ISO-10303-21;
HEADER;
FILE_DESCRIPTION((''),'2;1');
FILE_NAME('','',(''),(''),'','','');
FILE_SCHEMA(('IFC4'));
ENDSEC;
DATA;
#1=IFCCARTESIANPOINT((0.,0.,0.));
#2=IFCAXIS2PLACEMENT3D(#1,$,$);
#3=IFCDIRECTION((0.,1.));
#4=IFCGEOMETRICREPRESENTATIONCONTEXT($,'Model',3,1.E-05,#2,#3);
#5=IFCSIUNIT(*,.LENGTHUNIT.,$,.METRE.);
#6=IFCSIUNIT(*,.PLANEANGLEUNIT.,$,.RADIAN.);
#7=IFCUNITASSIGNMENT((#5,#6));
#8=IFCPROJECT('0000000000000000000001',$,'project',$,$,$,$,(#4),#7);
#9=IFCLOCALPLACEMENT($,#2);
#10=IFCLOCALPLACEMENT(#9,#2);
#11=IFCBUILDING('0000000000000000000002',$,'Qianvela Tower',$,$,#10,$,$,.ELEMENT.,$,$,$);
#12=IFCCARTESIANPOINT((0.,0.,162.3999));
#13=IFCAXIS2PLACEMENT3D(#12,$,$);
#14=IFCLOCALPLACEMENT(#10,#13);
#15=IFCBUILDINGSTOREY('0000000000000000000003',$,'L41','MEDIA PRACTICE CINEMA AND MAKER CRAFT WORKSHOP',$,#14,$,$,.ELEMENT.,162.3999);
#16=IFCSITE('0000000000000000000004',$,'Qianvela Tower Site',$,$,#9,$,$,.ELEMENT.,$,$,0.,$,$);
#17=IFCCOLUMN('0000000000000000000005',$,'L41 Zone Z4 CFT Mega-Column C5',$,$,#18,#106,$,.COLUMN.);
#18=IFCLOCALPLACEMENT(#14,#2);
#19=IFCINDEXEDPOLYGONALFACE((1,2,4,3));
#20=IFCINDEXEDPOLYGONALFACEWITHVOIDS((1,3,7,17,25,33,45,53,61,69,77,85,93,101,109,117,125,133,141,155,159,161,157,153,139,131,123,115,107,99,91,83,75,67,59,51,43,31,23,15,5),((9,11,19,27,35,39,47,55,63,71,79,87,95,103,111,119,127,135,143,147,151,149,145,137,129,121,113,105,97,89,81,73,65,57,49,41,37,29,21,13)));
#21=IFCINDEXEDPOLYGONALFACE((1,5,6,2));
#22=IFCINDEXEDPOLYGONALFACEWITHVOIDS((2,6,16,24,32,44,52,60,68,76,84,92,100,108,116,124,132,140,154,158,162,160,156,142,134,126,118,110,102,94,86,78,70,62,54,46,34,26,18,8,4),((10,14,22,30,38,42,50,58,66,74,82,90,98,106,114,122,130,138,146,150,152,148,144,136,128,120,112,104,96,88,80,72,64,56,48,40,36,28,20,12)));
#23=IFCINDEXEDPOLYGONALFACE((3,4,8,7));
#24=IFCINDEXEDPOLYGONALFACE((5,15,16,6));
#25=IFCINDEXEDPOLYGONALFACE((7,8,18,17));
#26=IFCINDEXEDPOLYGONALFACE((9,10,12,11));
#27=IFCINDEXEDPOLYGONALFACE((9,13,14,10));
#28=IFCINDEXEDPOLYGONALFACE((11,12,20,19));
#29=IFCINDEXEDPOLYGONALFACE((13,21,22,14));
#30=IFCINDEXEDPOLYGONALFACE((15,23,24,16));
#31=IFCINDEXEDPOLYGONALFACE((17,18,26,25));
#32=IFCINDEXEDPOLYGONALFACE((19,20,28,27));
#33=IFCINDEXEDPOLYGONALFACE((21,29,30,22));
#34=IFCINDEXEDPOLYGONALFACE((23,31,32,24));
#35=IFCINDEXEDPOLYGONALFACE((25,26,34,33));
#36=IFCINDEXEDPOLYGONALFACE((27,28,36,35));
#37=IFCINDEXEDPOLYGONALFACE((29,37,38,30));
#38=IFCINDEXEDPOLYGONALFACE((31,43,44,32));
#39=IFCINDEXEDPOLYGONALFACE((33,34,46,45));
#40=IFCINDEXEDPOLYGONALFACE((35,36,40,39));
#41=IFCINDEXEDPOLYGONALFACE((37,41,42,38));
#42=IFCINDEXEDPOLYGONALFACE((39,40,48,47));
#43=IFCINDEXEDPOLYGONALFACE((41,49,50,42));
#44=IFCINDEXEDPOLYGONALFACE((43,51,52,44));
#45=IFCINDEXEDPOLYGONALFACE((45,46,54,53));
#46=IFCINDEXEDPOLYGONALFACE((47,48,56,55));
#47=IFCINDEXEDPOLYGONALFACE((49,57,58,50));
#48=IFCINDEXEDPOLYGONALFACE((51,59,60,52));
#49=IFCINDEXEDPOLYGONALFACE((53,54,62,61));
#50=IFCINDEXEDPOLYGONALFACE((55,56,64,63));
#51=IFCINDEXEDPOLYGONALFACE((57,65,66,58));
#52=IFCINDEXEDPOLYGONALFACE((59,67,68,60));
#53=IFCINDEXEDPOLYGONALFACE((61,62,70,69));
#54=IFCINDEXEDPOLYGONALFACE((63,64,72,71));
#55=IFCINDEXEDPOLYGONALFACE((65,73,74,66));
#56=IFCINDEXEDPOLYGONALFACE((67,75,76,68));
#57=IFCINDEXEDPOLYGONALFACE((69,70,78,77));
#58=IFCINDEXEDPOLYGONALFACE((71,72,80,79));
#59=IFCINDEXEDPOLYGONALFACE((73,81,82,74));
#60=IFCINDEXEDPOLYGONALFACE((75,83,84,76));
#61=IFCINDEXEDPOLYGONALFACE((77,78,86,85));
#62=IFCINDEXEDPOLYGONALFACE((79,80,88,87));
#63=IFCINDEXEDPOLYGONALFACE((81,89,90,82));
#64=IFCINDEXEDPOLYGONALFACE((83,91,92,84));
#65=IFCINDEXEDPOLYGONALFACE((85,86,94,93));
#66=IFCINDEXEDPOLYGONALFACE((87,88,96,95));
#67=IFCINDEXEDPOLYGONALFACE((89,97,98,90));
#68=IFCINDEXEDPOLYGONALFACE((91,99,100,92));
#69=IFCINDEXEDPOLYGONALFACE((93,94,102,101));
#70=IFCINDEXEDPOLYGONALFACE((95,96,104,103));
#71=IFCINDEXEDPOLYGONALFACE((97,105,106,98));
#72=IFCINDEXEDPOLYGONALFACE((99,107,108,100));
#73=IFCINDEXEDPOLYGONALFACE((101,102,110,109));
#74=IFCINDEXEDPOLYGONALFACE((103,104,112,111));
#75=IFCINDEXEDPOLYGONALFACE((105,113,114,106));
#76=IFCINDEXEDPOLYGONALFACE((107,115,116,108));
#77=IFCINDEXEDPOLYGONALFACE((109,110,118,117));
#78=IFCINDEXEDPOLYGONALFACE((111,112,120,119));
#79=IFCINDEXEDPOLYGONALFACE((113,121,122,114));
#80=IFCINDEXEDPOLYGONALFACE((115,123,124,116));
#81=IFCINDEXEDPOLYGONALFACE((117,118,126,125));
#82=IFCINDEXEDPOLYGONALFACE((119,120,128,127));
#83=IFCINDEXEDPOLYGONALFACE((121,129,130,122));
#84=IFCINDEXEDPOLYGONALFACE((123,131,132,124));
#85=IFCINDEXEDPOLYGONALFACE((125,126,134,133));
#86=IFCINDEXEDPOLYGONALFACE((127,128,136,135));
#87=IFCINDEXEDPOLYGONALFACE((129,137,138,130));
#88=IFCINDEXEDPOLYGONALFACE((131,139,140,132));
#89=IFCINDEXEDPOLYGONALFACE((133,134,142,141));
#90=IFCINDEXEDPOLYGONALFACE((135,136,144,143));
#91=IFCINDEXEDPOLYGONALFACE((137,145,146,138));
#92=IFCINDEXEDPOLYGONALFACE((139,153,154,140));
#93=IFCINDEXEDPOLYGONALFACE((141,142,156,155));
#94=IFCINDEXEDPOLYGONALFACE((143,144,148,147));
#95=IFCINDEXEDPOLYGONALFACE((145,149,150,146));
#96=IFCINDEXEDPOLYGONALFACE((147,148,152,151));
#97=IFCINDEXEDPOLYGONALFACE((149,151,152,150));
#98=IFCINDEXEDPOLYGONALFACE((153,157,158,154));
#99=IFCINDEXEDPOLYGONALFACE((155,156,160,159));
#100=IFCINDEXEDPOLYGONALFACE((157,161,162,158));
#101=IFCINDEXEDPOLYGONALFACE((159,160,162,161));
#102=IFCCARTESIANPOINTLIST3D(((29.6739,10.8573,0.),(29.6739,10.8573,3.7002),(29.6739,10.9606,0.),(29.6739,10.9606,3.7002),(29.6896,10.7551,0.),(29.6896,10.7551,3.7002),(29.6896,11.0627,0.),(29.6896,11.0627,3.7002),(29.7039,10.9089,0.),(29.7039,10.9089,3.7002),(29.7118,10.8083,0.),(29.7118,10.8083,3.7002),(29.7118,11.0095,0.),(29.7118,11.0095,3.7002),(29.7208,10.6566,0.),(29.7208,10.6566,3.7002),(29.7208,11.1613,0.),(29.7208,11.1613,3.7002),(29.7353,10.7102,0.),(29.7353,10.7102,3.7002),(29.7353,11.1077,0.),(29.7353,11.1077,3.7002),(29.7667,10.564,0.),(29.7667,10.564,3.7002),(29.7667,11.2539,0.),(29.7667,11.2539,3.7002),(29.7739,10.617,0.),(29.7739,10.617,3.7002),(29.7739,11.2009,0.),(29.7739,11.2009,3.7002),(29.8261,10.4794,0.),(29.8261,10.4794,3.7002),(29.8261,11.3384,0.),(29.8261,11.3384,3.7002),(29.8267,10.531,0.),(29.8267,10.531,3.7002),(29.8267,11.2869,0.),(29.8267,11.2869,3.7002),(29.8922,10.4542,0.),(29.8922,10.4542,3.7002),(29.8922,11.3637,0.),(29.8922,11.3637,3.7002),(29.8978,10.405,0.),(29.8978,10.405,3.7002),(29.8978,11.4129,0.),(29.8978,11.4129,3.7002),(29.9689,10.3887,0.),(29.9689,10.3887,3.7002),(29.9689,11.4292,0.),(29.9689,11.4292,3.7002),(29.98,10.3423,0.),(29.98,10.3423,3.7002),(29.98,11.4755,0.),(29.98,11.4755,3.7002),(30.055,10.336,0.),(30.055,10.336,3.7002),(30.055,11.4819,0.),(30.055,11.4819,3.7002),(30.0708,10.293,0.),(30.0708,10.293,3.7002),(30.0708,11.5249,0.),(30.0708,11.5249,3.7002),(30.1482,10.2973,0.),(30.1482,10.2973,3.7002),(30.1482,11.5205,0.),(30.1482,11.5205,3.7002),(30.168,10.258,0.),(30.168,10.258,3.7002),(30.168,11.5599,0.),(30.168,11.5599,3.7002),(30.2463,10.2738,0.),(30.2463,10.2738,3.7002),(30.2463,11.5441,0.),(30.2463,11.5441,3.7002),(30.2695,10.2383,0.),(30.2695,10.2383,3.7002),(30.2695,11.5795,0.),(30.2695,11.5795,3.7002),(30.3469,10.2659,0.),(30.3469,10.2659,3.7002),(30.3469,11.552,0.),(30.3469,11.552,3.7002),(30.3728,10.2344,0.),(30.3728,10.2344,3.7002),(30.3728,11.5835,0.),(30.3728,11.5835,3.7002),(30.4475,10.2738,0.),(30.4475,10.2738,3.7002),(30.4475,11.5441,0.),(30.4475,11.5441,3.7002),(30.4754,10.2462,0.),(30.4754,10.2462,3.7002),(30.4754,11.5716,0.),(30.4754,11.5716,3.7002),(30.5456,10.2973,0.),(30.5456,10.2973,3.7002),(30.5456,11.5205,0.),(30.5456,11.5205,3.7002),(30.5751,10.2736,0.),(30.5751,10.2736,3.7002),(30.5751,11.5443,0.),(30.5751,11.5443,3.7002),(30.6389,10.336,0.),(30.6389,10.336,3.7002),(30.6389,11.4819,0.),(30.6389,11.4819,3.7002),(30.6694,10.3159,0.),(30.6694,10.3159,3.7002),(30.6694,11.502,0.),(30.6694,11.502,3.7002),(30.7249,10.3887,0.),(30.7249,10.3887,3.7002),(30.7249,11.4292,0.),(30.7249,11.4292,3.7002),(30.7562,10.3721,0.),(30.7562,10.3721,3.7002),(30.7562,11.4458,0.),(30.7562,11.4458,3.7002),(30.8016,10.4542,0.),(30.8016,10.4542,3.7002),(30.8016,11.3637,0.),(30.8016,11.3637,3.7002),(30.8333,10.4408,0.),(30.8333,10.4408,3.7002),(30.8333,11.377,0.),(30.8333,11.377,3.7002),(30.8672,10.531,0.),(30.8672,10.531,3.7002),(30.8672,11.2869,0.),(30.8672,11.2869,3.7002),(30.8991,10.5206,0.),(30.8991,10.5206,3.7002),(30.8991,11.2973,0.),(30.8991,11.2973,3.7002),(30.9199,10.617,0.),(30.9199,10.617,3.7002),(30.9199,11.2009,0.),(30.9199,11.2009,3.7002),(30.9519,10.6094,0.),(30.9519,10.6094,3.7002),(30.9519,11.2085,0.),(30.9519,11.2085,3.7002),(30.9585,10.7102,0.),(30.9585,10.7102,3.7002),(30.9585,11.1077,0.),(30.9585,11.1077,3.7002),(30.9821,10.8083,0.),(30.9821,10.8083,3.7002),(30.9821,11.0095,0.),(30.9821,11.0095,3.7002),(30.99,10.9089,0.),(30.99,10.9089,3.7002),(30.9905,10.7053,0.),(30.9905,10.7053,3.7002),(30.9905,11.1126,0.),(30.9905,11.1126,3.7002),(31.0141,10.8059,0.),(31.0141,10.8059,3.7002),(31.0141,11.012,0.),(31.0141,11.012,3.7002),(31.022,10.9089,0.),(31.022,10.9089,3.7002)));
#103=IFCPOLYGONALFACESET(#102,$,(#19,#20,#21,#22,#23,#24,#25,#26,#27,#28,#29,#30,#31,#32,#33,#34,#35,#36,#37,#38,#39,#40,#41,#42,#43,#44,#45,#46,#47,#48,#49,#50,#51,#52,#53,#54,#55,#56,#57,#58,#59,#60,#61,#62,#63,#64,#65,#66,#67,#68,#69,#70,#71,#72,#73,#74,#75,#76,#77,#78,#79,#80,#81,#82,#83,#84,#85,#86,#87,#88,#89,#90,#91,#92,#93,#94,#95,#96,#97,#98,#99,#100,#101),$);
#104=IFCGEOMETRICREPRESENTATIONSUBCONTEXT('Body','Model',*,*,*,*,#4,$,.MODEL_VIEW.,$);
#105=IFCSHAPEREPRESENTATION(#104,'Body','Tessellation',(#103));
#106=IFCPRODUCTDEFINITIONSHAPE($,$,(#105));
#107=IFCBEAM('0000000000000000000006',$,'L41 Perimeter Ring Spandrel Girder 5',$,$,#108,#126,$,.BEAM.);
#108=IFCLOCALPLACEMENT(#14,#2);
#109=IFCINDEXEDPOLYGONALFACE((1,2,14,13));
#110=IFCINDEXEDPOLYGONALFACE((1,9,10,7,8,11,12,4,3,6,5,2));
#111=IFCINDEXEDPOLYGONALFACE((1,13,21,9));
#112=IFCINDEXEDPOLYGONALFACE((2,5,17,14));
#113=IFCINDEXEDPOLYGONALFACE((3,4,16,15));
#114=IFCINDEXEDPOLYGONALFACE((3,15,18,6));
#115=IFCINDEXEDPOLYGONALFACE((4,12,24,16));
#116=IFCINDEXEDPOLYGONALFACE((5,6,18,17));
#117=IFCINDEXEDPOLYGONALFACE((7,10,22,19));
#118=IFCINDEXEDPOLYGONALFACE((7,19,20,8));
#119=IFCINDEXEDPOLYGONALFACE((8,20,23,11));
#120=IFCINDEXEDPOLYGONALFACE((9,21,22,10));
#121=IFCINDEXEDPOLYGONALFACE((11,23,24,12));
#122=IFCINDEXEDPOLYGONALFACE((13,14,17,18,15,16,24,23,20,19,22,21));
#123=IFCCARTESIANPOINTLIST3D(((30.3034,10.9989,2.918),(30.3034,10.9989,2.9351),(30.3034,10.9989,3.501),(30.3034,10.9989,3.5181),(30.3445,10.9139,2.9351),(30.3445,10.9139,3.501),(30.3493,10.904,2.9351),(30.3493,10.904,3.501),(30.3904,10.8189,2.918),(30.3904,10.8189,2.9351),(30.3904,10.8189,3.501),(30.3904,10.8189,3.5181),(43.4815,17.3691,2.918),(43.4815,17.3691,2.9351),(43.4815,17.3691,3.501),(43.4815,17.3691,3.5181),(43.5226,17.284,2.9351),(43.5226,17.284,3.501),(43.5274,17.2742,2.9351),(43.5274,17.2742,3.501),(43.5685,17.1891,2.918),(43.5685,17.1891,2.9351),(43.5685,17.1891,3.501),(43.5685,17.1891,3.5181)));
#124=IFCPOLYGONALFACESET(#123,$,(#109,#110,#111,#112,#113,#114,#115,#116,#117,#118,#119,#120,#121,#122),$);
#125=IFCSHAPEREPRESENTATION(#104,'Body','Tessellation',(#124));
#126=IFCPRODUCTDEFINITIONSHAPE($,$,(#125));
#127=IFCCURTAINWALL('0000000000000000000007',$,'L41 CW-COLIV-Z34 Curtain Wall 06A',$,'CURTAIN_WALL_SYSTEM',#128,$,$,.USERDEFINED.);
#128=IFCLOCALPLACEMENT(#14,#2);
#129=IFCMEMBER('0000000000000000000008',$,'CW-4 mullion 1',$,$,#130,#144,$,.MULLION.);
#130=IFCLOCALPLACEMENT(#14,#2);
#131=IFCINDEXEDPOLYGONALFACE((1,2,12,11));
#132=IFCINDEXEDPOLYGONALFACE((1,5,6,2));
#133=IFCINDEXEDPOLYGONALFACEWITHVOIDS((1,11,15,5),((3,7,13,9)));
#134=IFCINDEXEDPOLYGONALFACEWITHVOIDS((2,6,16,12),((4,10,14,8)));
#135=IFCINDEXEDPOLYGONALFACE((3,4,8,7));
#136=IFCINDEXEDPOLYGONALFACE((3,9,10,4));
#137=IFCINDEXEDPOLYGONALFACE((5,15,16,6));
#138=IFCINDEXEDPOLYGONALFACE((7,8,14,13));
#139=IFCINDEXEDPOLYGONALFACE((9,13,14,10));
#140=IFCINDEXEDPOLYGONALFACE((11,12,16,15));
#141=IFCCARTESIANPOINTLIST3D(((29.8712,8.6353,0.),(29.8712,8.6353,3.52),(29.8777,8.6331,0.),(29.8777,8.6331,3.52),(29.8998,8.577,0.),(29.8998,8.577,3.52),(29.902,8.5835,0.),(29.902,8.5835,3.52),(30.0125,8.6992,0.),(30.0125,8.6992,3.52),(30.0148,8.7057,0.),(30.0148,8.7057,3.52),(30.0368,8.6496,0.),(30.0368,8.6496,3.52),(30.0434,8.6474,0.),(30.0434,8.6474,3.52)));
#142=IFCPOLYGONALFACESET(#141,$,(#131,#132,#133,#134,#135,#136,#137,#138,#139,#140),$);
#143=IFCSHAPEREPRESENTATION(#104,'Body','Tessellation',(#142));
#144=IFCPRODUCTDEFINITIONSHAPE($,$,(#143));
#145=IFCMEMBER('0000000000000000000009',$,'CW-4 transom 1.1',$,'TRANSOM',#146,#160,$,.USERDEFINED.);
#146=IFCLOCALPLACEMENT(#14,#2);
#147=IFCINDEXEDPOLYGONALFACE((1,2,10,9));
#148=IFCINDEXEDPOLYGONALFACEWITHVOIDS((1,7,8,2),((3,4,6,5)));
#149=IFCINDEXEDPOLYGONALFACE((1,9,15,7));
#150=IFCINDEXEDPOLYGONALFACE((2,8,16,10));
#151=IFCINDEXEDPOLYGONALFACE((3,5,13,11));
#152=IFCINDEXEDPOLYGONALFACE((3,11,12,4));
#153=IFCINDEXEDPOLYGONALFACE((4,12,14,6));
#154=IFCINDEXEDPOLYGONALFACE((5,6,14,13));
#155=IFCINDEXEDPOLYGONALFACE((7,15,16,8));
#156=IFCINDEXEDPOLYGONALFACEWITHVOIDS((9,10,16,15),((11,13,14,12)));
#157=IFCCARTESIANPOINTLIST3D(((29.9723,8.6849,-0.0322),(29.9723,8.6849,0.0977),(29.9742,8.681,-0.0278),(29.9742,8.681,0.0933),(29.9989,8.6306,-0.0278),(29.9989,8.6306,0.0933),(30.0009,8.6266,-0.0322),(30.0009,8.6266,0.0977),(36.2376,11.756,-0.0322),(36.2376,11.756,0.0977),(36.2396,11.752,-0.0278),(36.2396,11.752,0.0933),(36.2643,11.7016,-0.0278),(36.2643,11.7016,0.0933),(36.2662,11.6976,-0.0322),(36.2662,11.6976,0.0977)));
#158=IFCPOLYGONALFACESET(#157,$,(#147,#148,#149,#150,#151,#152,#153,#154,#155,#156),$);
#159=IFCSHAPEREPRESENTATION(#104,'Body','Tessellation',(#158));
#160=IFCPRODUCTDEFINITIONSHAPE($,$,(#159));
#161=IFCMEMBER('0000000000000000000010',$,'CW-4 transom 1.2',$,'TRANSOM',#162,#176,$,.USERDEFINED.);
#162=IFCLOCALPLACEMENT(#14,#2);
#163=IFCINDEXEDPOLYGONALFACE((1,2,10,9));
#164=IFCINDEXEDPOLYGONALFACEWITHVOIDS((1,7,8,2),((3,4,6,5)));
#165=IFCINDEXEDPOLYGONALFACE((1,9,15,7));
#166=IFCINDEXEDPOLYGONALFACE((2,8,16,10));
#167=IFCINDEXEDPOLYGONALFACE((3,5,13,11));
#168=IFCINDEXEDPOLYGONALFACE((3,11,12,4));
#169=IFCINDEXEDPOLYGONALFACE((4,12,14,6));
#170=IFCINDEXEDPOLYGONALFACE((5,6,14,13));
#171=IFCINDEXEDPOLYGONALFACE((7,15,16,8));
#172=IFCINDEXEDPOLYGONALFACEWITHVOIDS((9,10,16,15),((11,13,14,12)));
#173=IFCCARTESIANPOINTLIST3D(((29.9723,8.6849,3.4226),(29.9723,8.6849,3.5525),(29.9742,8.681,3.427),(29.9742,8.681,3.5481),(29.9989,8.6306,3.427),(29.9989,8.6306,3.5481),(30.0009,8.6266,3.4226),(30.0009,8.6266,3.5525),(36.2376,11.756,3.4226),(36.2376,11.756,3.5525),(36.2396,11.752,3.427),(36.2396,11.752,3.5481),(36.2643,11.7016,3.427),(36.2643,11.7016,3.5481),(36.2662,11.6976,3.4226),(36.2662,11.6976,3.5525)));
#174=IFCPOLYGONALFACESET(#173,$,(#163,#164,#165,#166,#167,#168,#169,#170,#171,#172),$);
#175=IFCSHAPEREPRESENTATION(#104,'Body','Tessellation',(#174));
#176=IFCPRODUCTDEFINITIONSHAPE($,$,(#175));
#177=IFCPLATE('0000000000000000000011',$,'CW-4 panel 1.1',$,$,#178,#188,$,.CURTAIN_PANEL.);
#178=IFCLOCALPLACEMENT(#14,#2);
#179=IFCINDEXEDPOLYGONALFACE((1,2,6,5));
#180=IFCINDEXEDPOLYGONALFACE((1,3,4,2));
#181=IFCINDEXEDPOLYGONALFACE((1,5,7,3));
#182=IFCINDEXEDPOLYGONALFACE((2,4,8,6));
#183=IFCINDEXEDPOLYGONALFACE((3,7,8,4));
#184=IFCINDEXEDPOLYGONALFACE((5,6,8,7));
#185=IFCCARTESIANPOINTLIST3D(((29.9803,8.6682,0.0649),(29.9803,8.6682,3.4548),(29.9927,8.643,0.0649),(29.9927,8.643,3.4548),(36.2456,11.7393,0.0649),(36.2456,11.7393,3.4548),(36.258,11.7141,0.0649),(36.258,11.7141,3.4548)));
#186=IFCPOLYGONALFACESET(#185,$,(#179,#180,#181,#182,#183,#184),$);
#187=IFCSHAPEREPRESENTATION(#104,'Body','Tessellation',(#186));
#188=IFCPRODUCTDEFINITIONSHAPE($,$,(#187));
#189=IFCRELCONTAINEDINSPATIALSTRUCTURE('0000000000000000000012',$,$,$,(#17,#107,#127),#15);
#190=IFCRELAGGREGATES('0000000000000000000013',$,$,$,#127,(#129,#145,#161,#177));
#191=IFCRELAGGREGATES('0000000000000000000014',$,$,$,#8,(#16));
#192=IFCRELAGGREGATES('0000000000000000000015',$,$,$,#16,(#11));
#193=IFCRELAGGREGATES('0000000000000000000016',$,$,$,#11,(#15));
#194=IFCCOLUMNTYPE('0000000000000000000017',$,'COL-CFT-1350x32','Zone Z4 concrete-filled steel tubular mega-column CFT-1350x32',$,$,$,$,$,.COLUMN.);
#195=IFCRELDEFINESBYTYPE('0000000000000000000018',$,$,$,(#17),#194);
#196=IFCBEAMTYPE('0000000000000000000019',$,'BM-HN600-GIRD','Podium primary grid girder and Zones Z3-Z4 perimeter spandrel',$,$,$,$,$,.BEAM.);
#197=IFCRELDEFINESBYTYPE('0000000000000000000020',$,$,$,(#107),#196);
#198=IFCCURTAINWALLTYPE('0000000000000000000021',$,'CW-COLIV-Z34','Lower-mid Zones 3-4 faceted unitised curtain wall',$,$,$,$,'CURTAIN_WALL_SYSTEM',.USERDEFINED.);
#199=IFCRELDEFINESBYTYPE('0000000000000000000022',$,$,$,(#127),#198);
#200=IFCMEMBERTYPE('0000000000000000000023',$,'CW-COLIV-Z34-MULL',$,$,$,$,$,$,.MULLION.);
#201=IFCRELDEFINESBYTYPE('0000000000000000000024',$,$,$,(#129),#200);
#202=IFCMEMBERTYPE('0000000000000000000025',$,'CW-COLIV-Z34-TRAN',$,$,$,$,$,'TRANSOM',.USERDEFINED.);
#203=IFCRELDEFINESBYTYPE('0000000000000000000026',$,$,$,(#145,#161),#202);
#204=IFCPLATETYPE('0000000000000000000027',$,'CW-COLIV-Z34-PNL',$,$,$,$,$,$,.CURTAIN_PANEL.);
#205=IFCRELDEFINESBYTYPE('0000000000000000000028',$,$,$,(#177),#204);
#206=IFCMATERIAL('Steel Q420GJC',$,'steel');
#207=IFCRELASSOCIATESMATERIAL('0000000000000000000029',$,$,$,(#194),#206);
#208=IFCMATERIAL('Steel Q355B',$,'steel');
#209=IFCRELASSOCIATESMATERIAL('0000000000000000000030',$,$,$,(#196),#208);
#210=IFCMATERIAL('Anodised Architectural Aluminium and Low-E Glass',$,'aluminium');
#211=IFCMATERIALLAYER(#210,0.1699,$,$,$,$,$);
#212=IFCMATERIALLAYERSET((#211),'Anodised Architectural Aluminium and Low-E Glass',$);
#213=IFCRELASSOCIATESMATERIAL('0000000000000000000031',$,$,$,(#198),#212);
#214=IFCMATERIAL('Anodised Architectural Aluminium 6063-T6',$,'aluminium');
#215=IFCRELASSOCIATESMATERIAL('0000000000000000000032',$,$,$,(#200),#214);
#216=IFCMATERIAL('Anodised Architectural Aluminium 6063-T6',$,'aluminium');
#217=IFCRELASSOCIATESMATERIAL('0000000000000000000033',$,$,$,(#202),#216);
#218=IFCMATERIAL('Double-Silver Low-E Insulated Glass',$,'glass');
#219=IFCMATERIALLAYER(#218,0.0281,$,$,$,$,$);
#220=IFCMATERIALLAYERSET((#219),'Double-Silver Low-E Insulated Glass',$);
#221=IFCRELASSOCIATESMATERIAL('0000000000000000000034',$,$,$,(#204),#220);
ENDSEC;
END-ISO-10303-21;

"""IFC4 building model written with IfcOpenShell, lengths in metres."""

from ifc_helpers import new_model, si_unit, direction, frame, origin, origin_2d, place, context, subcontext, project, spatial, rectangle, hollow_rectangle, hollow_circle, i_section, extrude, material, layer, layer_set, material_profile, profile_set, type_object, element, aggregate, save


model = new_model("IFC4")

# Units and contexts
model_context = context("Model", 3, precision=1e-05, world=origin(), true_north=direction((0.0, 1.0)))
body_context = subcontext(model_context, "Body", "Model", "MODEL_VIEW")
ifc_project = project(units=[si_unit("LENGTHUNIT", "METRE"), si_unit("PLANEANGLEUNIT", "RADIAN")], contexts=[model_context])

# Site, building, storey
site_placement = place(None, origin())
site = spatial("IfcSite", under=ifc_project, at=site_placement, Name="Qianvela Tower Site", CompositionType="ELEMENT", RefElevation=0.0)
building_placement = place(site_placement, origin())
building = spatial("IfcBuilding", under=site, at=building_placement, Name="Qianvela Tower", CompositionType="ELEMENT")
storey_placement = place(building_placement, frame((0.0, 0.0, 162.3999)))
storey = spatial("IfcBuildingStorey", under=building, at=storey_placement, Name="L41", Description="MEDIA PRACTICE CINEMA AND MAKER CRAFT WORKSHOP", CompositionType="ELEMENT", Elevation=162.3999)

# Column
ifc_material_1 = material(Name="Steel Q420GJC", Category="steel")
ifc_material_profile_1 = material_profile(ifc_material_1, hollow_circle(Radius=0.675, WallThickness=0.032, at=origin_2d()), Name="CFT-1350x32")
ifc_profile_set_1 = profile_set([ifc_material_profile_1], Name="Steel Q420GJC")
column_type = type_object("IfcColumnType", Name="COL-CFT-1350x32", Description="Zone Z4 concrete-filled steel tubular mega-column CFT-1350x32", PredefinedType="COLUMN", material=ifc_profile_set_1)
column_placement = place(storey_placement, frame((30.3469, 10.9089, 0.0), z_axis=(0.0, 0.0, 1.0), x_axis=(1.0, 0.0, 0.0)))
element("IfcColumn", 1, at=column_placement, inside=storey, type_object=column_type, Name="L41 Zone Z4 CFT Mega-Column C5", PredefinedType="COLUMN", context=body_context, shape_type="SweptSolid", body=[
    extrude(hollow_circle(Radius=0.675, WallThickness=0.032, at=origin_2d()), origin(), (0.0, 0.0, 1.0), 3.7002),
])

# Beam
ifc_material_2 = material(Name="Steel Q355B", Category="steel")
ifc_material_profile_2 = material_profile(ifc_material_2, i_section(OverallWidth=0.2, OverallDepth=0.6001, WebThickness=0.011, FlangeThickness=0.0171, at=origin_2d()), Name="HN600x200x11x17")
ifc_profile_set_2 = profile_set([ifc_material_profile_2], Name="Steel Q355B")
beam_type = type_object("IfcBeamType", Name="BM-HN600-GIRD", Description="Podium primary grid girder and Zones Z3-Z4 perimeter spandrel", PredefinedType="BEAM", material=ifc_profile_set_2)
beam_placement = place(storey_placement, frame((30.3469, 10.9089, 3.218), z_axis=(0.900329, 0.435211, 0.0), x_axis=(-0.435211, 0.900329, 0.0)))
element("IfcBeam", 2, at=beam_placement, inside=storey, type_object=beam_type, Name="L41 Perimeter Ring Spandrel Girder 5", PredefinedType="BEAM", context=body_context, shape_type="SweptSolid", body=[
    extrude(i_section(OverallWidth=0.2, OverallDepth=0.6001, WebThickness=0.011, FlangeThickness=0.0171, at=origin_2d()), origin(), (0.0, 0.0, 1.0), 14.637),
])

# Curtain wall, members, plate
ifc_material_3 = material(Name="Anodised Architectural Aluminium and Low-E Glass", Category="aluminium")
ifc_layer_1 = layer(ifc_material_3, 0.1699)
ifc_layer_set_1 = layer_set([ifc_layer_1], Name="Anodised Architectural Aluminium and Low-E Glass")
curtain_wall_type = type_object("IfcCurtainWallType", Name="CW-COLIV-Z34", Description="Lower-mid Zones 3-4 faceted unitised curtain wall", ElementType="CURTAIN_WALL_SYSTEM", PredefinedType="USERDEFINED", material=ifc_layer_set_1)
curtain_wall_placement = place(storey_placement, origin())
curtain_wall = element("IfcCurtainWall", 3, at=curtain_wall_placement, inside=storey, type_object=curtain_wall_type, Name="L41 CW-COLIV-Z34 Curtain Wall 06A", ObjectType="CURTAIN_WALL_SYSTEM", PredefinedType="USERDEFINED")
ifc_material_4 = material(Name="Anodised Architectural Aluminium 6063-T6", Category="aluminium")
ifc_material_profile_3 = material_profile(ifc_material_4, hollow_rectangle(XDim=0.0649, YDim=0.1599, WallThickness=0.0049, at=origin_2d()), Name="ALU-MULL-65x160")
ifc_profile_set_3 = profile_set([ifc_material_profile_3], Name="Anodised Architectural Aluminium 6063-T6")
member_type_1 = type_object("IfcMemberType", Name="CW-COLIV-Z34-MULL", PredefinedType="MULLION", material=ifc_profile_set_3)
member_1_placement = place(storey_placement, frame((29.9573, 8.6414, 0.0), z_axis=(0.0, 0.0, 1.0), x_axis=(-0.440141, 0.897929, 0.0)))
member_1 = element("IfcMember", 4, at=member_1_placement, type_object=member_type_1, Name="CW-4 mullion 1", PredefinedType="MULLION", context=body_context, shape_type="SweptSolid", body=[
    extrude(hollow_rectangle(XDim=0.0649, YDim=0.1599, WallThickness=0.0049, at=origin_2d()), origin(), (0.0, 0.0, 1.0), 3.52),
])
ifc_material_5 = material(Name="Anodised Architectural Aluminium 6063-T6", Category="aluminium")
ifc_material_profile_4 = material_profile(ifc_material_5, hollow_rectangle(XDim=0.0649, YDim=0.1299, WallThickness=0.0044, at=origin_2d()), Name="ALU-TRAN-65x130")
ifc_profile_set_4 = profile_set([ifc_material_profile_4], Name="Anodised Architectural Aluminium 6063-T6")
member_type_2 = type_object("IfcMemberType", Name="CW-COLIV-Z34-TRAN", ElementType="TRANSOM", PredefinedType="USERDEFINED", material=ifc_profile_set_4)
member_2_placement = place(storey_placement, frame((29.9866, 8.6558, 0.0327), z_axis=(0.897933, 0.440132, 0.0), x_axis=(-0.440132, 0.897933, 0.0)))
member_2 = element("IfcMember", 5, at=member_2_placement, type_object=member_type_2, Name="CW-4 transom 1.1", ObjectType="TRANSOM", PredefinedType="USERDEFINED", context=body_context, shape_type="SweptSolid", body=[
    extrude(hollow_rectangle(XDim=0.0649, YDim=0.1299, WallThickness=0.0044, at=origin_2d()), origin(), (0.0, 0.0, 1.0), 6.9775),
])
member_3_placement = place(storey_placement, frame((29.9866, 8.6558, 3.4875), z_axis=(0.897933, 0.440132, 0.0), x_axis=(-0.440132, 0.897933, 0.0)))
member_3 = element("IfcMember", 6, at=member_3_placement, type_object=member_type_2, Name="CW-4 transom 1.2", ObjectType="TRANSOM", PredefinedType="USERDEFINED", context=body_context, shape_type="SweptSolid", body=[
    extrude(hollow_rectangle(XDim=0.0649, YDim=0.1299, WallThickness=0.0044, at=origin_2d()), origin(), (0.0, 0.0, 1.0), 6.9775),
])
ifc_material_6 = material(Name="Double-Silver Low-E Insulated Glass", Category="glass")
ifc_layer_2 = layer(ifc_material_6, 0.0281)
ifc_layer_set_2 = layer_set([ifc_layer_2], Name="Double-Silver Low-E Insulated Glass")
plate_type_1 = type_object("IfcPlateType", Name="CW-COLIV-Z34-PNL", PredefinedType="CURTAIN_PANEL", material=ifc_layer_set_2)
plate_1_placement = place(storey_placement, frame((33.1191, 10.1912, 0.0649), z_axis=(0.0, 0.0, 1.0), x_axis=(0.897929, 0.440141, 0.0)))
plate_1 = element("IfcPlate", 7, at=plate_1_placement, type_object=plate_type_1, Name="CW-4 panel 1.1", PredefinedType="CURTAIN_PANEL", context=body_context, shape_type="SweptSolid", body=[
    extrude(rectangle(XDim=6.9775, YDim=0.0281, at=origin_2d()), origin(), (0.0, 0.0, 1.0), 3.3899),
])
aggregate(curtain_wall, [member_1, member_2, member_3, plate_1])

save(model, "model.ifc")
